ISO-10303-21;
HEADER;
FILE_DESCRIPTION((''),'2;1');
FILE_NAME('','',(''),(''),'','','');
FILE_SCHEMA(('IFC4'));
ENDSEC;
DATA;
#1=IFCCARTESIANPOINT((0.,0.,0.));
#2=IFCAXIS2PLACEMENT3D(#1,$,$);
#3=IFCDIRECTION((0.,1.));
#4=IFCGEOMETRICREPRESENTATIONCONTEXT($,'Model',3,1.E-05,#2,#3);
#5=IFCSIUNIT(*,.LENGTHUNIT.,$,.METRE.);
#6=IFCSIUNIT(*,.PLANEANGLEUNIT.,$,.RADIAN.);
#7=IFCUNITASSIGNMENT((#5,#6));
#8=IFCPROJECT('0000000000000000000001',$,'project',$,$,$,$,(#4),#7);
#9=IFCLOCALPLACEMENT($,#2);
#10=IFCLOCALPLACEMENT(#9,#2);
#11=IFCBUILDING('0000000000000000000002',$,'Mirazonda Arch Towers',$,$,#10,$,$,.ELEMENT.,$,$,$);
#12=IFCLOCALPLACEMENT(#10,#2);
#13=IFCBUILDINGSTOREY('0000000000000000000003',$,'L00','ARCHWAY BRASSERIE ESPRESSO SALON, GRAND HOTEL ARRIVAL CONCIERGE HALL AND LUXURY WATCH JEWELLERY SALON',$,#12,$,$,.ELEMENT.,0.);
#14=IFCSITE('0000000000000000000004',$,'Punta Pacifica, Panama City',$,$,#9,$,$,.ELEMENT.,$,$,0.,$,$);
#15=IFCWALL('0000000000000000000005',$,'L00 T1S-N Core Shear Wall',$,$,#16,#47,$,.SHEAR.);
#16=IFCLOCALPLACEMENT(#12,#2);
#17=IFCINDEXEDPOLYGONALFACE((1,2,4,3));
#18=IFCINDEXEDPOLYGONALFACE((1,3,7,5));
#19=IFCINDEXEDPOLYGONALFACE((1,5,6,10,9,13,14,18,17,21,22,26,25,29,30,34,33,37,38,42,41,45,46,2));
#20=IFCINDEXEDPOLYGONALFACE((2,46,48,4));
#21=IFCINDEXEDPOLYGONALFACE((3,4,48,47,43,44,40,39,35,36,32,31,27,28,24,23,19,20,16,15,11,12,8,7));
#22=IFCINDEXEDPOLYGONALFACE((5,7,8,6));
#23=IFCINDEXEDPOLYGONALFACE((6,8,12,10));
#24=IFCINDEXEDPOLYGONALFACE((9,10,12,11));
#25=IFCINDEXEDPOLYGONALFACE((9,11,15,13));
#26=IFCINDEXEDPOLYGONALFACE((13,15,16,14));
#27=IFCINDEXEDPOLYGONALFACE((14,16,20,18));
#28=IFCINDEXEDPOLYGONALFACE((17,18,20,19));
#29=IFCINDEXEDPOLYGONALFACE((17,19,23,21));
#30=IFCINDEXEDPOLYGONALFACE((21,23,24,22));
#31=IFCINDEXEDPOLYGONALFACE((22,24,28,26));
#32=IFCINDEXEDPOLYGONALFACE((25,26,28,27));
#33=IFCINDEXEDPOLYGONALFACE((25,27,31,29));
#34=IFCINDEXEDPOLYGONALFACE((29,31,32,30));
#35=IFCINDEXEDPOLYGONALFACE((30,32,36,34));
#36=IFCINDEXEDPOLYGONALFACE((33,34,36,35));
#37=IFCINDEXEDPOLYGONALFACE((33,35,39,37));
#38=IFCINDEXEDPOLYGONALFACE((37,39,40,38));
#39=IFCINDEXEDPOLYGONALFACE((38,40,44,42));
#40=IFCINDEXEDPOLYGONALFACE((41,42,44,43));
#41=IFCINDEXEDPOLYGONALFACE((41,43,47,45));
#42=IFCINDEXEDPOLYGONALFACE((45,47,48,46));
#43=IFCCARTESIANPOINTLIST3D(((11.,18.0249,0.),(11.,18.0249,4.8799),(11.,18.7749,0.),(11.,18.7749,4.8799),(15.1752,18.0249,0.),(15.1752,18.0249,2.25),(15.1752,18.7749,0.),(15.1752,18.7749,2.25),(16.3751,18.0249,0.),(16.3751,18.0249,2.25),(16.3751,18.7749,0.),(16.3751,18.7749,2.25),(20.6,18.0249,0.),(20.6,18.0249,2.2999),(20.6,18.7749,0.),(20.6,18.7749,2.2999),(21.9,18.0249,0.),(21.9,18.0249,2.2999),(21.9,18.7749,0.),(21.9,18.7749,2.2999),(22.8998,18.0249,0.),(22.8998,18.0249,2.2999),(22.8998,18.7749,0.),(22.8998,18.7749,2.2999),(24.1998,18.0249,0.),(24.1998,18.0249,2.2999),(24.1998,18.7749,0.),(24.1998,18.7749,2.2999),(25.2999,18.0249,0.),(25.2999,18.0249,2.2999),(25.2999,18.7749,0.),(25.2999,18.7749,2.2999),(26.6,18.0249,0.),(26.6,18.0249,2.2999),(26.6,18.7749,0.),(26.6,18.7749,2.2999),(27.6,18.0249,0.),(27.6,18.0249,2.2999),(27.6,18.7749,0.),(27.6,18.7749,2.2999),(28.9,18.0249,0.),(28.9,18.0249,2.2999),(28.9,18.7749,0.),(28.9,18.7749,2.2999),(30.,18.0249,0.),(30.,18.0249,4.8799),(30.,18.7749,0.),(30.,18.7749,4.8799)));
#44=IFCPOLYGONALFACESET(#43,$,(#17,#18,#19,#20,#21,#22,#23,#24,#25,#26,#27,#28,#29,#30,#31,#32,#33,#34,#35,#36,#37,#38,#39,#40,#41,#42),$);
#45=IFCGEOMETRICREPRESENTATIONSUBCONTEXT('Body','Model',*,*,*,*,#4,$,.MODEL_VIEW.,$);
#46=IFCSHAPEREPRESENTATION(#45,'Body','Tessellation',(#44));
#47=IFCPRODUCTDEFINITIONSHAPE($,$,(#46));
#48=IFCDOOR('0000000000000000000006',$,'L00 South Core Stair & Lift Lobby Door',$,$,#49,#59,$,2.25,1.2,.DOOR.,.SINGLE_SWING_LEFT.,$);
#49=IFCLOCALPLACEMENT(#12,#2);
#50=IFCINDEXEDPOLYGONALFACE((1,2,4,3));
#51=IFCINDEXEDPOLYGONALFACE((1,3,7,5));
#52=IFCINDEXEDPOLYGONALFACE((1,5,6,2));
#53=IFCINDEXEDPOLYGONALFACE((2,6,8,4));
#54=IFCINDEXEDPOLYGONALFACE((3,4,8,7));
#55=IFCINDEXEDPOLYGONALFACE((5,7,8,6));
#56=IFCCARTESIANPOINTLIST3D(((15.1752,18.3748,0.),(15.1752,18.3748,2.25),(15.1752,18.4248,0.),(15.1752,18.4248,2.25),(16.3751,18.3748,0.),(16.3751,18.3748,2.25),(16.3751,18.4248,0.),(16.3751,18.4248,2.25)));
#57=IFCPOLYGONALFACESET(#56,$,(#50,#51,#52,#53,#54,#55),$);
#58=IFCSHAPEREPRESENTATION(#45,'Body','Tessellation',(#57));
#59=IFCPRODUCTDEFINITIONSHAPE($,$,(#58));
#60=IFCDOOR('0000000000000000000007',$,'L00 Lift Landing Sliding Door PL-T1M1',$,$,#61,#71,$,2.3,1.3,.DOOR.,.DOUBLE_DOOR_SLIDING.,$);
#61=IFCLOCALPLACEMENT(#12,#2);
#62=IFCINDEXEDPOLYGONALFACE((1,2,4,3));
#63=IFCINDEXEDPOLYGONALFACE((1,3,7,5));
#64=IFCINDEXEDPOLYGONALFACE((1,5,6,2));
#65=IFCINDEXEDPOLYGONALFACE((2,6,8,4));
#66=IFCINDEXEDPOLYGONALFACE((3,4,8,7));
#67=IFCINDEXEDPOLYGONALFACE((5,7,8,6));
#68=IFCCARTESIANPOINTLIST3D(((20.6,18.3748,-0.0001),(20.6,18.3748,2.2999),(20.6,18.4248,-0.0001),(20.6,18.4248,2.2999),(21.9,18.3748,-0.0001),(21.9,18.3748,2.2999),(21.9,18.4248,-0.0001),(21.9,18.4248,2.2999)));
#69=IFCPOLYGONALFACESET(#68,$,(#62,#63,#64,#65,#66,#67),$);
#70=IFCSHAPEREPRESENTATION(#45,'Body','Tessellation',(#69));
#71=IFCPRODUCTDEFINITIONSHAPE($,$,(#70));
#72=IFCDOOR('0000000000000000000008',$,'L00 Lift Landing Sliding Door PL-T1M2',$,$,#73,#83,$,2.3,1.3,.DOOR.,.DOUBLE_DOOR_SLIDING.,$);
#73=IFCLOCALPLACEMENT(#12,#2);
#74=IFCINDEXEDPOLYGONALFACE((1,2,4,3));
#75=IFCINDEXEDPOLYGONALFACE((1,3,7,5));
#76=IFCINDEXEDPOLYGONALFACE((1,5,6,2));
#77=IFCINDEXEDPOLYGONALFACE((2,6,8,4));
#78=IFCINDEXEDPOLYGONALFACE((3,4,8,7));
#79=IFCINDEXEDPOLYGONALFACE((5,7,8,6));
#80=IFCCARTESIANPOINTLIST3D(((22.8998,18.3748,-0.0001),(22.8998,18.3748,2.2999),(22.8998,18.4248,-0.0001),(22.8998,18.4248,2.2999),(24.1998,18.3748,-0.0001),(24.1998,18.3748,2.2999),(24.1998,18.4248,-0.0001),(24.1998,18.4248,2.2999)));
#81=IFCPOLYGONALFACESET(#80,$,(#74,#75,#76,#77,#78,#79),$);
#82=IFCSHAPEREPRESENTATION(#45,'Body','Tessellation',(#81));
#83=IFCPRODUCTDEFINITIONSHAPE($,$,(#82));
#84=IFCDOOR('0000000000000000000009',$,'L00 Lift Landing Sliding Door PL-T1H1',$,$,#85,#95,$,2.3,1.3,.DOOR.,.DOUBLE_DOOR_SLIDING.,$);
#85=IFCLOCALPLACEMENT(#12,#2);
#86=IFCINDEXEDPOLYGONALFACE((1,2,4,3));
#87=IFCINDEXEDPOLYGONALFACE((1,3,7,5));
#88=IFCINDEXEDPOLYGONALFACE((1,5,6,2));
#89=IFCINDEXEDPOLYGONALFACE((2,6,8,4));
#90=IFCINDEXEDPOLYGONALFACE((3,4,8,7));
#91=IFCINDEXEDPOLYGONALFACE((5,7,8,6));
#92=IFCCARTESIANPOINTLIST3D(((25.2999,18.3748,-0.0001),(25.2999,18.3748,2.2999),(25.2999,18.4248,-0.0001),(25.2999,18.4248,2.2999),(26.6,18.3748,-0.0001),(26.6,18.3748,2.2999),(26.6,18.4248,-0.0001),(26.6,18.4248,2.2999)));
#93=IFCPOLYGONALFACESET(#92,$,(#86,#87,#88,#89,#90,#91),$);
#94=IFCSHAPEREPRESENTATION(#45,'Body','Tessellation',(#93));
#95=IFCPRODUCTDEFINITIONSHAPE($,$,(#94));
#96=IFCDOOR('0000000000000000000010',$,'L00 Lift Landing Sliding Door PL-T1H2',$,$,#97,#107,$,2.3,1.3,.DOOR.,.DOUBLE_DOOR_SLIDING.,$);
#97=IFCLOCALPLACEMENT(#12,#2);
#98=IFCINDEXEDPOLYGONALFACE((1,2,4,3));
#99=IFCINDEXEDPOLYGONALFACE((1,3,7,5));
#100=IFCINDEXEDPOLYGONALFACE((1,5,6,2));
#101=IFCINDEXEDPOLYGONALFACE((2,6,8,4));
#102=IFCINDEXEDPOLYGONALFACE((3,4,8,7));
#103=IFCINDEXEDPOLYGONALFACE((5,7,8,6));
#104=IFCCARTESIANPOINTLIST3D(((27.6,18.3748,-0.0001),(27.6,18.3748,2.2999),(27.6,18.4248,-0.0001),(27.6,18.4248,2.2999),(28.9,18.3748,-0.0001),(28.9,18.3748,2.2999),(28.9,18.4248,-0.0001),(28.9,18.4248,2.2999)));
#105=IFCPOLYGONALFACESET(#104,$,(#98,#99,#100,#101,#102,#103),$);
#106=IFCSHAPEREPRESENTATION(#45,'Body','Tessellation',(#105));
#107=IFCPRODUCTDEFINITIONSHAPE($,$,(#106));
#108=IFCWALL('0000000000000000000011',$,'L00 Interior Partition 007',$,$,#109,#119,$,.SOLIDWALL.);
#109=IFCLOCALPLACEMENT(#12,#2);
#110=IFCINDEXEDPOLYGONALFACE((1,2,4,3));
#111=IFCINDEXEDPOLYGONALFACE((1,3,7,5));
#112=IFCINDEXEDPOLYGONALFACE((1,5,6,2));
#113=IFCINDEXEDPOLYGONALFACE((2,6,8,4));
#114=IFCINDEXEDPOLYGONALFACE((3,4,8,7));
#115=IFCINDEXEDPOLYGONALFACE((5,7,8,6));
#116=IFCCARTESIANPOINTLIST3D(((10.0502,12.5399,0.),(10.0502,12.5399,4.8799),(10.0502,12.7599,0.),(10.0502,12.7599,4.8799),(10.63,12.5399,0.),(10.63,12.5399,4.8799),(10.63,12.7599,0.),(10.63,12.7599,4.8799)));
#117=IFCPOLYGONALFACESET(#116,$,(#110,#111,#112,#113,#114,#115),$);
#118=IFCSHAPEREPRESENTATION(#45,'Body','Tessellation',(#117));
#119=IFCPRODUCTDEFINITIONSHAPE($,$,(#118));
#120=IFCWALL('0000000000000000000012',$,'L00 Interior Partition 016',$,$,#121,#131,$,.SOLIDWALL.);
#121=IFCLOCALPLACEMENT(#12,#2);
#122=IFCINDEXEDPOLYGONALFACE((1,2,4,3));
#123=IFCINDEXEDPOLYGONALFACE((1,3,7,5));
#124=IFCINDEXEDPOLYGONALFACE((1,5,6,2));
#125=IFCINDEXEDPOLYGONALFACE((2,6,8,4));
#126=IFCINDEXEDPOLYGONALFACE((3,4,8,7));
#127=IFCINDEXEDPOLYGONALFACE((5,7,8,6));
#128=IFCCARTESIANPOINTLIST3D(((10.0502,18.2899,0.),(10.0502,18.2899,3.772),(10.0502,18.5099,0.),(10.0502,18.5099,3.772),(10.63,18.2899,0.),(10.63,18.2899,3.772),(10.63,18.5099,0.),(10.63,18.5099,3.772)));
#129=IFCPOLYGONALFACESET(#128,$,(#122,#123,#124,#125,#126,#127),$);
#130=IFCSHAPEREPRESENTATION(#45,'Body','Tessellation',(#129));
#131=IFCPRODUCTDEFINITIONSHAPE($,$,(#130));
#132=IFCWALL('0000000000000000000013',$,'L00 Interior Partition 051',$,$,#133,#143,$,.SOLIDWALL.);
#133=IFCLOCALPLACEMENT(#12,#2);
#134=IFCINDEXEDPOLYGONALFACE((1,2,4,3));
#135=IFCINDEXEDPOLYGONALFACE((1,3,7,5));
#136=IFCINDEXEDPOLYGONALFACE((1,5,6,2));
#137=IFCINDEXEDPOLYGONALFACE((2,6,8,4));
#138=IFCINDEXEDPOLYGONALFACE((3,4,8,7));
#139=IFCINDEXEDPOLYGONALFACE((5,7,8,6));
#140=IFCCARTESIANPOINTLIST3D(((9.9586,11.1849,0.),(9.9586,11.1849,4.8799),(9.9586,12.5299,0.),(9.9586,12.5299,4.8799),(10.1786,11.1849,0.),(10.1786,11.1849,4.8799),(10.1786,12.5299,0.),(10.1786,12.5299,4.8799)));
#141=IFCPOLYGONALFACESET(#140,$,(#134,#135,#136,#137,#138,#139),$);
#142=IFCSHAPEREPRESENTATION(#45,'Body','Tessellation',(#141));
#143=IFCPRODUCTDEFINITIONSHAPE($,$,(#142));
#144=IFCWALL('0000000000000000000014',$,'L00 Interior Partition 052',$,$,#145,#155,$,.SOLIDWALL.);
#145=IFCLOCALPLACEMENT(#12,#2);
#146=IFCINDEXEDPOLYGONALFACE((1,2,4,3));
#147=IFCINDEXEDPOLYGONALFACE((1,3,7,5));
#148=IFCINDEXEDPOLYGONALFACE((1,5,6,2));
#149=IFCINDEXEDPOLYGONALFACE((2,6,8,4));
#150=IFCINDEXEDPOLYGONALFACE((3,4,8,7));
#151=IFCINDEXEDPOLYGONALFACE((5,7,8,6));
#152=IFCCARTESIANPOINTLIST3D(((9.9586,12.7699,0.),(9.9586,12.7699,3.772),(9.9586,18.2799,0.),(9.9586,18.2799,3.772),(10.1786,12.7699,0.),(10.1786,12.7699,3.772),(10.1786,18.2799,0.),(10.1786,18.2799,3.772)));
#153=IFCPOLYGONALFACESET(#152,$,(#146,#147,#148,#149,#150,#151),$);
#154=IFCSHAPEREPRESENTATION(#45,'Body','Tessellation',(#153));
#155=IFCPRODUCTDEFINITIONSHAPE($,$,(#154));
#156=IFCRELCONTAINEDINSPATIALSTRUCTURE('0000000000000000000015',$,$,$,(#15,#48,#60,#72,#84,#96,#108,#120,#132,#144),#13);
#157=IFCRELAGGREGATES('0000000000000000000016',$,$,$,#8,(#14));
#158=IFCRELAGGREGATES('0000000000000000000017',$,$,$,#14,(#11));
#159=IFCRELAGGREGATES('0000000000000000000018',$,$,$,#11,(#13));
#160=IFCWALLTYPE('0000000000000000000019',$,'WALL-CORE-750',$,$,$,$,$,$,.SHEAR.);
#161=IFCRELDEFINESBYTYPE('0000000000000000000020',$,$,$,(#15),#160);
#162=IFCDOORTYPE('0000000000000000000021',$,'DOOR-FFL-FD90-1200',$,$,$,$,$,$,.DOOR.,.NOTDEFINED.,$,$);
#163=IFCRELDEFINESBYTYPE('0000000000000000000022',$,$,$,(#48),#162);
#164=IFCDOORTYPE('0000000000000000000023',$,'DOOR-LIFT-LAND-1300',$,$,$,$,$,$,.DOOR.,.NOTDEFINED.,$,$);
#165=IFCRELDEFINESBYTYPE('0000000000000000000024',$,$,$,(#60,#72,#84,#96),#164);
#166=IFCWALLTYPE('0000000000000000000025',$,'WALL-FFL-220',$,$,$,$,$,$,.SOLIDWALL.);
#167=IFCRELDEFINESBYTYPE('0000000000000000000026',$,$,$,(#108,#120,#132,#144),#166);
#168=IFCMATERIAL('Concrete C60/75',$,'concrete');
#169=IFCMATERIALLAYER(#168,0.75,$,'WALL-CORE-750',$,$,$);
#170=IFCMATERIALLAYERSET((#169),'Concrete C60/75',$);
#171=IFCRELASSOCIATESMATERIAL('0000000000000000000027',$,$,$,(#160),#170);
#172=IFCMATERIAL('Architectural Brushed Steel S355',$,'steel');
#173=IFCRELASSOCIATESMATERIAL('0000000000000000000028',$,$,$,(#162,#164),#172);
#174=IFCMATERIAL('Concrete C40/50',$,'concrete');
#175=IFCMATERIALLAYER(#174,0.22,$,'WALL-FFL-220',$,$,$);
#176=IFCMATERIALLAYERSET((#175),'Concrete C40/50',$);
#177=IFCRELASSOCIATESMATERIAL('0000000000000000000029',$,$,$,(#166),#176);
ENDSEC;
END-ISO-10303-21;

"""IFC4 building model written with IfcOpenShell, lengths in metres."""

from ifc_helpers import new_model, si_unit, direction, frame, frame_2d, origin, place, context, subcontext, project, spatial, rectangle, extrude, material, layer, layer_set, type_object, element, fill, save


model = new_model("IFC4")

# Units and contexts
model_context = context("Model", 3, precision=1e-05, world=origin(), true_north=direction((0.0, 1.0)))
body_context = subcontext(model_context, "Body", "Model", "MODEL_VIEW")
ifc_project = project(units=[si_unit("LENGTHUNIT", "METRE"), si_unit("PLANEANGLEUNIT", "RADIAN")], contexts=[model_context])

# Site, building, storey
site_placement = place(None, origin())
site = spatial("IfcSite", under=ifc_project, at=site_placement, Name="Punta Pacifica, Panama City", CompositionType="ELEMENT", RefElevation=0.0)
building_placement = place(site_placement, origin())
building = spatial("IfcBuilding", under=site, at=building_placement, Name="Mirazonda Arch Towers", CompositionType="ELEMENT")
storey_placement = place(building_placement, origin())
storey = spatial("IfcBuildingStorey", under=building, at=storey_placement, Name="L00", Description="ARCHWAY BRASSERIE ESPRESSO SALON, GRAND HOTEL ARRIVAL CONCIERGE HALL AND LUXURY WATCH JEWELLERY SALON", CompositionType="ELEMENT", Elevation=0.0)

# Shared definitions
ifc_material_1 = material(Name="Concrete C60/75", Category="concrete")

# Shared definitions
ifc_material_2 = material(Name="Architectural Brushed Steel S355", Category="steel")

# Shared definitions
ifc_layer_1 = layer(ifc_material_1, 0.75, Name="WALL-CORE-750")
ifc_layer_set_1 = layer_set([ifc_layer_1], Name="Concrete C60/75")
wall_type_1 = type_object("IfcWallType", Name="WALL-CORE-750", PredefinedType="SHEAR", material=ifc_layer_set_1)

# Wall, openings, doors
wall_1_placement = place(storey_placement, frame((11.0, 18.3999, 0.0), z_axis=(0.0, 0.0, 1.0), x_axis=(1.0, 0.0, 0.0)))
wall_1 = element("IfcWall", 1, at=wall_1_placement, inside=storey, type_object=wall_type_1, Name="L00 T1S-N Core Shear Wall", PredefinedType="SHEAR", context=body_context, shape_type="SweptSolid", body=[
    extrude(rectangle(XDim=19.0, YDim=0.75, at=frame_2d((9.5, 0.0))), origin(), (0.0, 0.0, 1.0), 4.8799),
])
opening_1_placement = place(wall_1_placement, frame((4.175, 0.0, 0.0)))
opening_1 = element("IfcOpeningElement", 2, at=opening_1_placement, cuts=wall_1, PredefinedType="OPENING", context=body_context, shape_type="SweptSolid", body=[
    extrude(rectangle(XDim=1.2, YDim=2.25, at=frame_2d((0.6001, 1.125))), frame((0.0, 0.385, 0.0), z_axis=(0.0, -1.0, 0.0), x_axis=(1.0, 0.0, 0.0)), (0.0, 0.0, 1.0), 0.77),
])
opening_2_placement = place(wall_1_placement, frame((9.6001, 0.0, 0.0)))
opening_2 = element("IfcOpeningElement", 3, at=opening_2_placement, cuts=wall_1, PredefinedType="OPENING", context=body_context, shape_type="SweptSolid", body=[
    extrude(rectangle(XDim=1.3, YDim=2.3, at=frame_2d((0.6499, 1.1499))), frame((0.0, 0.385, 0.0), z_axis=(0.0, -1.0, 0.0), x_axis=(1.0, 0.0, 0.0)), (0.0, 0.0, 1.0), 0.77),
])
opening_3_placement = place(wall_1_placement, frame((11.8999, 0.0, 0.0)))
opening_3 = element("IfcOpeningElement", 4, at=opening_3_placement, cuts=wall_1, PredefinedType="OPENING", context=body_context, shape_type="SweptSolid", body=[
    extrude(rectangle(XDim=1.3, YDim=2.3, at=frame_2d((0.6499, 1.1499))), frame((0.0, 0.385, 0.0), z_axis=(0.0, -1.0, 0.0), x_axis=(1.0, 0.0, 0.0)), (0.0, 0.0, 1.0), 0.77),
])
opening_4_placement = place(wall_1_placement, frame((14.3, 0.0, 0.0)))
opening_4 = element("IfcOpeningElement", 5, at=opening_4_placement, cuts=wall_1, PredefinedType="OPENING", context=body_context, shape_type="SweptSolid", body=[
    extrude(rectangle(XDim=1.3, YDim=2.3, at=frame_2d((0.6499, 1.1499))), frame((0.0, 0.385, 0.0), z_axis=(0.0, -1.0, 0.0), x_axis=(1.0, 0.0, 0.0)), (0.0, 0.0, 1.0), 0.77),
])
opening_5_placement = place(wall_1_placement, frame((16.6001, 0.0, 0.0)))
opening_5 = element("IfcOpeningElement", 6, at=opening_5_placement, cuts=wall_1, PredefinedType="OPENING", context=body_context, shape_type="SweptSolid", body=[
    extrude(rectangle(XDim=1.3, YDim=2.3, at=frame_2d((0.6499, 1.1499))), frame((0.0, 0.385, 0.0), z_axis=(0.0, -1.0, 0.0), x_axis=(1.0, 0.0, 0.0)), (0.0, 0.0, 1.0), 0.77),
])
door_type_1 = type_object("IfcDoorType", Name="DOOR-FFL-FD90-1200", OperationType="NOTDEFINED", PredefinedType="DOOR", material=ifc_material_2)
door_1_placement = place(opening_1_placement, origin())
door_1 = element("IfcDoor", 7, at=door_1_placement, inside=storey, type_object=door_type_1, Name="L00 South Core Stair & Lift Lobby Door", OperationType="SINGLE_SWING_LEFT", OverallHeight=2.25, OverallWidth=1.2, PredefinedType="DOOR", context=body_context, shape_type="SweptSolid", body=[
    extrude(rectangle(XDim=1.2, YDim=2.25, at=frame_2d((0.6001, 1.125))), frame((0.0, 0.0249, 0.0), z_axis=(0.0, -1.0, 0.0), x_axis=(1.0, 0.0, 0.0)), (0.0, 0.0, 1.0), 0.05),
])
fill(opening_1, door_1)
door_type_2 = type_object("IfcDoorType", Name="DOOR-LIFT-LAND-1300", OperationType="NOTDEFINED", PredefinedType="DOOR", material=ifc_material_2)
door_2_placement = place(opening_2_placement, origin())
door_2 = element("IfcDoor", 8, at=door_2_placement, inside=storey, type_object=door_type_2, Name="L00 Lift Landing Sliding Door PL-T1M1", OperationType="DOUBLE_DOOR_SLIDING", OverallHeight=2.3, OverallWidth=1.3, PredefinedType="DOOR", context=body_context, shape_type="SweptSolid", body=[
    extrude(rectangle(XDim=1.3, YDim=2.3, at=frame_2d((0.6499, 1.1499))), frame((0.0, 0.0249, 0.0), z_axis=(0.0, -1.0, 0.0), x_axis=(1.0, 0.0, 0.0)), (0.0, 0.0, 1.0), 0.05),
])
fill(opening_2, door_2)
door_3_placement = place(opening_3_placement, origin())
door_3 = element("IfcDoor", 9, at=door_3_placement, inside=storey, type_object=door_type_2, Name="L00 Lift Landing Sliding Door PL-T1M2", OperationType="DOUBLE_DOOR_SLIDING", OverallHeight=2.3, OverallWidth=1.3, PredefinedType="DOOR", context=body_context, shape_type="SweptSolid", body=[
    extrude(rectangle(XDim=1.3, YDim=2.3, at=frame_2d((0.6499, 1.1499))), frame((0.0, 0.0249, 0.0), z_axis=(0.0, -1.0, 0.0), x_axis=(1.0, 0.0, 0.0)), (0.0, 0.0, 1.0), 0.05),
])
fill(opening_3, door_3)
door_4_placement = place(opening_4_placement, origin())
door_4 = element("IfcDoor", 10, at=door_4_placement, inside=storey, type_object=door_type_2, Name="L00 Lift Landing Sliding Door PL-T1H1", OperationType="DOUBLE_DOOR_SLIDING", OverallHeight=2.3, OverallWidth=1.3, PredefinedType="DOOR", context=body_context, shape_type="SweptSolid", body=[
    extrude(rectangle(XDim=1.3, YDim=2.3, at=frame_2d((0.6499, 1.1499))), frame((0.0, 0.0249, 0.0), z_axis=(0.0, -1.0, 0.0), x_axis=(1.0, 0.0, 0.0)), (0.0, 0.0, 1.0), 0.05),
])
fill(opening_4, door_4)
door_5_placement = place(opening_5_placement, origin())
door_5 = element("IfcDoor", 11, at=door_5_placement, inside=storey, type_object=door_type_2, Name="L00 Lift Landing Sliding Door PL-T1H2", OperationType="DOUBLE_DOOR_SLIDING", OverallHeight=2.3, OverallWidth=1.3, PredefinedType="DOOR", context=body_context, shape_type="SweptSolid", body=[
    extrude(rectangle(XDim=1.3, YDim=2.3, at=frame_2d((0.6499, 1.1499))), frame((0.0, 0.0249, 0.0), z_axis=(0.0, -1.0, 0.0), x_axis=(1.0, 0.0, 0.0)), (0.0, 0.0, 1.0), 0.05),
])
fill(opening_5, door_5)

# Walls
ifc_material_3 = material(Name="Concrete C40/50", Category="concrete")
ifc_layer_2 = layer(ifc_material_3, 0.22, Name="WALL-FFL-220")
ifc_layer_set_2 = layer_set([ifc_layer_2], Name="Concrete C40/50")
wall_type_2 = type_object("IfcWallType", Name="WALL-FFL-220", PredefinedType="SOLIDWALL", material=ifc_layer_set_2)
wall_2_placement = place(storey_placement, frame((10.05, 12.6499, 0.0), z_axis=(0.0, 0.0, 1.0), x_axis=(1.0, 0.0, 0.0)))
element("IfcWall", 12, at=wall_2_placement, inside=storey, type_object=wall_type_2, Name="L00 Interior Partition 007", PredefinedType="SOLIDWALL", context=body_context, shape_type="SweptSolid", body=[
    extrude(rectangle(XDim=0.5798, YDim=0.22, at=frame_2d((0.29, 0.0))), origin(), (0.0, 0.0, 1.0), 4.8799),
])
wall_3_placement = place(storey_placement, frame((10.05, 18.3999, 0.0), z_axis=(0.0, 0.0, 1.0), x_axis=(1.0, 0.0, 0.0)))
element("IfcWall", 13, at=wall_3_placement, inside=storey, type_object=wall_type_2, Name="L00 Interior Partition 016", PredefinedType="SOLIDWALL", context=body_context, shape_type="SweptSolid", body=[
    extrude(rectangle(XDim=0.5798, YDim=0.22, at=frame_2d((0.29, 0.0))), origin(), (0.0, 0.0, 1.0), 3.772),
])
wall_4_placement = place(storey_placement, frame((10.0686, 11.1851, 0.0), z_axis=(0.0, 0.0, 1.0), x_axis=(0.0, 1.0, 0.0)))
element("IfcWall", 14, at=wall_4_placement, inside=storey, type_object=wall_type_2, Name="L00 Interior Partition 051", PredefinedType="SOLIDWALL", context=body_context, shape_type="SweptSolid", body=[
    extrude(rectangle(XDim=1.345, YDim=0.22, at=frame_2d((0.6724, 0.0))), origin(), (0.0, 0.0, 1.0), 4.8799),
])
wall_5_placement = place(storey_placement, frame((10.0686, 12.77, 0.0), z_axis=(0.0, 0.0, 1.0), x_axis=(0.0, 1.0, 0.0)))
element("IfcWall", 15, at=wall_5_placement, inside=storey, type_object=wall_type_2, Name="L00 Interior Partition 052", PredefinedType="SOLIDWALL", context=body_context, shape_type="SweptSolid", body=[
    extrude(rectangle(XDim=5.51, YDim=0.22, at=frame_2d((2.7549, 0.0))), origin(), (0.0, 0.0, 1.0), 3.772),
])

save(model, "model.ifc")
